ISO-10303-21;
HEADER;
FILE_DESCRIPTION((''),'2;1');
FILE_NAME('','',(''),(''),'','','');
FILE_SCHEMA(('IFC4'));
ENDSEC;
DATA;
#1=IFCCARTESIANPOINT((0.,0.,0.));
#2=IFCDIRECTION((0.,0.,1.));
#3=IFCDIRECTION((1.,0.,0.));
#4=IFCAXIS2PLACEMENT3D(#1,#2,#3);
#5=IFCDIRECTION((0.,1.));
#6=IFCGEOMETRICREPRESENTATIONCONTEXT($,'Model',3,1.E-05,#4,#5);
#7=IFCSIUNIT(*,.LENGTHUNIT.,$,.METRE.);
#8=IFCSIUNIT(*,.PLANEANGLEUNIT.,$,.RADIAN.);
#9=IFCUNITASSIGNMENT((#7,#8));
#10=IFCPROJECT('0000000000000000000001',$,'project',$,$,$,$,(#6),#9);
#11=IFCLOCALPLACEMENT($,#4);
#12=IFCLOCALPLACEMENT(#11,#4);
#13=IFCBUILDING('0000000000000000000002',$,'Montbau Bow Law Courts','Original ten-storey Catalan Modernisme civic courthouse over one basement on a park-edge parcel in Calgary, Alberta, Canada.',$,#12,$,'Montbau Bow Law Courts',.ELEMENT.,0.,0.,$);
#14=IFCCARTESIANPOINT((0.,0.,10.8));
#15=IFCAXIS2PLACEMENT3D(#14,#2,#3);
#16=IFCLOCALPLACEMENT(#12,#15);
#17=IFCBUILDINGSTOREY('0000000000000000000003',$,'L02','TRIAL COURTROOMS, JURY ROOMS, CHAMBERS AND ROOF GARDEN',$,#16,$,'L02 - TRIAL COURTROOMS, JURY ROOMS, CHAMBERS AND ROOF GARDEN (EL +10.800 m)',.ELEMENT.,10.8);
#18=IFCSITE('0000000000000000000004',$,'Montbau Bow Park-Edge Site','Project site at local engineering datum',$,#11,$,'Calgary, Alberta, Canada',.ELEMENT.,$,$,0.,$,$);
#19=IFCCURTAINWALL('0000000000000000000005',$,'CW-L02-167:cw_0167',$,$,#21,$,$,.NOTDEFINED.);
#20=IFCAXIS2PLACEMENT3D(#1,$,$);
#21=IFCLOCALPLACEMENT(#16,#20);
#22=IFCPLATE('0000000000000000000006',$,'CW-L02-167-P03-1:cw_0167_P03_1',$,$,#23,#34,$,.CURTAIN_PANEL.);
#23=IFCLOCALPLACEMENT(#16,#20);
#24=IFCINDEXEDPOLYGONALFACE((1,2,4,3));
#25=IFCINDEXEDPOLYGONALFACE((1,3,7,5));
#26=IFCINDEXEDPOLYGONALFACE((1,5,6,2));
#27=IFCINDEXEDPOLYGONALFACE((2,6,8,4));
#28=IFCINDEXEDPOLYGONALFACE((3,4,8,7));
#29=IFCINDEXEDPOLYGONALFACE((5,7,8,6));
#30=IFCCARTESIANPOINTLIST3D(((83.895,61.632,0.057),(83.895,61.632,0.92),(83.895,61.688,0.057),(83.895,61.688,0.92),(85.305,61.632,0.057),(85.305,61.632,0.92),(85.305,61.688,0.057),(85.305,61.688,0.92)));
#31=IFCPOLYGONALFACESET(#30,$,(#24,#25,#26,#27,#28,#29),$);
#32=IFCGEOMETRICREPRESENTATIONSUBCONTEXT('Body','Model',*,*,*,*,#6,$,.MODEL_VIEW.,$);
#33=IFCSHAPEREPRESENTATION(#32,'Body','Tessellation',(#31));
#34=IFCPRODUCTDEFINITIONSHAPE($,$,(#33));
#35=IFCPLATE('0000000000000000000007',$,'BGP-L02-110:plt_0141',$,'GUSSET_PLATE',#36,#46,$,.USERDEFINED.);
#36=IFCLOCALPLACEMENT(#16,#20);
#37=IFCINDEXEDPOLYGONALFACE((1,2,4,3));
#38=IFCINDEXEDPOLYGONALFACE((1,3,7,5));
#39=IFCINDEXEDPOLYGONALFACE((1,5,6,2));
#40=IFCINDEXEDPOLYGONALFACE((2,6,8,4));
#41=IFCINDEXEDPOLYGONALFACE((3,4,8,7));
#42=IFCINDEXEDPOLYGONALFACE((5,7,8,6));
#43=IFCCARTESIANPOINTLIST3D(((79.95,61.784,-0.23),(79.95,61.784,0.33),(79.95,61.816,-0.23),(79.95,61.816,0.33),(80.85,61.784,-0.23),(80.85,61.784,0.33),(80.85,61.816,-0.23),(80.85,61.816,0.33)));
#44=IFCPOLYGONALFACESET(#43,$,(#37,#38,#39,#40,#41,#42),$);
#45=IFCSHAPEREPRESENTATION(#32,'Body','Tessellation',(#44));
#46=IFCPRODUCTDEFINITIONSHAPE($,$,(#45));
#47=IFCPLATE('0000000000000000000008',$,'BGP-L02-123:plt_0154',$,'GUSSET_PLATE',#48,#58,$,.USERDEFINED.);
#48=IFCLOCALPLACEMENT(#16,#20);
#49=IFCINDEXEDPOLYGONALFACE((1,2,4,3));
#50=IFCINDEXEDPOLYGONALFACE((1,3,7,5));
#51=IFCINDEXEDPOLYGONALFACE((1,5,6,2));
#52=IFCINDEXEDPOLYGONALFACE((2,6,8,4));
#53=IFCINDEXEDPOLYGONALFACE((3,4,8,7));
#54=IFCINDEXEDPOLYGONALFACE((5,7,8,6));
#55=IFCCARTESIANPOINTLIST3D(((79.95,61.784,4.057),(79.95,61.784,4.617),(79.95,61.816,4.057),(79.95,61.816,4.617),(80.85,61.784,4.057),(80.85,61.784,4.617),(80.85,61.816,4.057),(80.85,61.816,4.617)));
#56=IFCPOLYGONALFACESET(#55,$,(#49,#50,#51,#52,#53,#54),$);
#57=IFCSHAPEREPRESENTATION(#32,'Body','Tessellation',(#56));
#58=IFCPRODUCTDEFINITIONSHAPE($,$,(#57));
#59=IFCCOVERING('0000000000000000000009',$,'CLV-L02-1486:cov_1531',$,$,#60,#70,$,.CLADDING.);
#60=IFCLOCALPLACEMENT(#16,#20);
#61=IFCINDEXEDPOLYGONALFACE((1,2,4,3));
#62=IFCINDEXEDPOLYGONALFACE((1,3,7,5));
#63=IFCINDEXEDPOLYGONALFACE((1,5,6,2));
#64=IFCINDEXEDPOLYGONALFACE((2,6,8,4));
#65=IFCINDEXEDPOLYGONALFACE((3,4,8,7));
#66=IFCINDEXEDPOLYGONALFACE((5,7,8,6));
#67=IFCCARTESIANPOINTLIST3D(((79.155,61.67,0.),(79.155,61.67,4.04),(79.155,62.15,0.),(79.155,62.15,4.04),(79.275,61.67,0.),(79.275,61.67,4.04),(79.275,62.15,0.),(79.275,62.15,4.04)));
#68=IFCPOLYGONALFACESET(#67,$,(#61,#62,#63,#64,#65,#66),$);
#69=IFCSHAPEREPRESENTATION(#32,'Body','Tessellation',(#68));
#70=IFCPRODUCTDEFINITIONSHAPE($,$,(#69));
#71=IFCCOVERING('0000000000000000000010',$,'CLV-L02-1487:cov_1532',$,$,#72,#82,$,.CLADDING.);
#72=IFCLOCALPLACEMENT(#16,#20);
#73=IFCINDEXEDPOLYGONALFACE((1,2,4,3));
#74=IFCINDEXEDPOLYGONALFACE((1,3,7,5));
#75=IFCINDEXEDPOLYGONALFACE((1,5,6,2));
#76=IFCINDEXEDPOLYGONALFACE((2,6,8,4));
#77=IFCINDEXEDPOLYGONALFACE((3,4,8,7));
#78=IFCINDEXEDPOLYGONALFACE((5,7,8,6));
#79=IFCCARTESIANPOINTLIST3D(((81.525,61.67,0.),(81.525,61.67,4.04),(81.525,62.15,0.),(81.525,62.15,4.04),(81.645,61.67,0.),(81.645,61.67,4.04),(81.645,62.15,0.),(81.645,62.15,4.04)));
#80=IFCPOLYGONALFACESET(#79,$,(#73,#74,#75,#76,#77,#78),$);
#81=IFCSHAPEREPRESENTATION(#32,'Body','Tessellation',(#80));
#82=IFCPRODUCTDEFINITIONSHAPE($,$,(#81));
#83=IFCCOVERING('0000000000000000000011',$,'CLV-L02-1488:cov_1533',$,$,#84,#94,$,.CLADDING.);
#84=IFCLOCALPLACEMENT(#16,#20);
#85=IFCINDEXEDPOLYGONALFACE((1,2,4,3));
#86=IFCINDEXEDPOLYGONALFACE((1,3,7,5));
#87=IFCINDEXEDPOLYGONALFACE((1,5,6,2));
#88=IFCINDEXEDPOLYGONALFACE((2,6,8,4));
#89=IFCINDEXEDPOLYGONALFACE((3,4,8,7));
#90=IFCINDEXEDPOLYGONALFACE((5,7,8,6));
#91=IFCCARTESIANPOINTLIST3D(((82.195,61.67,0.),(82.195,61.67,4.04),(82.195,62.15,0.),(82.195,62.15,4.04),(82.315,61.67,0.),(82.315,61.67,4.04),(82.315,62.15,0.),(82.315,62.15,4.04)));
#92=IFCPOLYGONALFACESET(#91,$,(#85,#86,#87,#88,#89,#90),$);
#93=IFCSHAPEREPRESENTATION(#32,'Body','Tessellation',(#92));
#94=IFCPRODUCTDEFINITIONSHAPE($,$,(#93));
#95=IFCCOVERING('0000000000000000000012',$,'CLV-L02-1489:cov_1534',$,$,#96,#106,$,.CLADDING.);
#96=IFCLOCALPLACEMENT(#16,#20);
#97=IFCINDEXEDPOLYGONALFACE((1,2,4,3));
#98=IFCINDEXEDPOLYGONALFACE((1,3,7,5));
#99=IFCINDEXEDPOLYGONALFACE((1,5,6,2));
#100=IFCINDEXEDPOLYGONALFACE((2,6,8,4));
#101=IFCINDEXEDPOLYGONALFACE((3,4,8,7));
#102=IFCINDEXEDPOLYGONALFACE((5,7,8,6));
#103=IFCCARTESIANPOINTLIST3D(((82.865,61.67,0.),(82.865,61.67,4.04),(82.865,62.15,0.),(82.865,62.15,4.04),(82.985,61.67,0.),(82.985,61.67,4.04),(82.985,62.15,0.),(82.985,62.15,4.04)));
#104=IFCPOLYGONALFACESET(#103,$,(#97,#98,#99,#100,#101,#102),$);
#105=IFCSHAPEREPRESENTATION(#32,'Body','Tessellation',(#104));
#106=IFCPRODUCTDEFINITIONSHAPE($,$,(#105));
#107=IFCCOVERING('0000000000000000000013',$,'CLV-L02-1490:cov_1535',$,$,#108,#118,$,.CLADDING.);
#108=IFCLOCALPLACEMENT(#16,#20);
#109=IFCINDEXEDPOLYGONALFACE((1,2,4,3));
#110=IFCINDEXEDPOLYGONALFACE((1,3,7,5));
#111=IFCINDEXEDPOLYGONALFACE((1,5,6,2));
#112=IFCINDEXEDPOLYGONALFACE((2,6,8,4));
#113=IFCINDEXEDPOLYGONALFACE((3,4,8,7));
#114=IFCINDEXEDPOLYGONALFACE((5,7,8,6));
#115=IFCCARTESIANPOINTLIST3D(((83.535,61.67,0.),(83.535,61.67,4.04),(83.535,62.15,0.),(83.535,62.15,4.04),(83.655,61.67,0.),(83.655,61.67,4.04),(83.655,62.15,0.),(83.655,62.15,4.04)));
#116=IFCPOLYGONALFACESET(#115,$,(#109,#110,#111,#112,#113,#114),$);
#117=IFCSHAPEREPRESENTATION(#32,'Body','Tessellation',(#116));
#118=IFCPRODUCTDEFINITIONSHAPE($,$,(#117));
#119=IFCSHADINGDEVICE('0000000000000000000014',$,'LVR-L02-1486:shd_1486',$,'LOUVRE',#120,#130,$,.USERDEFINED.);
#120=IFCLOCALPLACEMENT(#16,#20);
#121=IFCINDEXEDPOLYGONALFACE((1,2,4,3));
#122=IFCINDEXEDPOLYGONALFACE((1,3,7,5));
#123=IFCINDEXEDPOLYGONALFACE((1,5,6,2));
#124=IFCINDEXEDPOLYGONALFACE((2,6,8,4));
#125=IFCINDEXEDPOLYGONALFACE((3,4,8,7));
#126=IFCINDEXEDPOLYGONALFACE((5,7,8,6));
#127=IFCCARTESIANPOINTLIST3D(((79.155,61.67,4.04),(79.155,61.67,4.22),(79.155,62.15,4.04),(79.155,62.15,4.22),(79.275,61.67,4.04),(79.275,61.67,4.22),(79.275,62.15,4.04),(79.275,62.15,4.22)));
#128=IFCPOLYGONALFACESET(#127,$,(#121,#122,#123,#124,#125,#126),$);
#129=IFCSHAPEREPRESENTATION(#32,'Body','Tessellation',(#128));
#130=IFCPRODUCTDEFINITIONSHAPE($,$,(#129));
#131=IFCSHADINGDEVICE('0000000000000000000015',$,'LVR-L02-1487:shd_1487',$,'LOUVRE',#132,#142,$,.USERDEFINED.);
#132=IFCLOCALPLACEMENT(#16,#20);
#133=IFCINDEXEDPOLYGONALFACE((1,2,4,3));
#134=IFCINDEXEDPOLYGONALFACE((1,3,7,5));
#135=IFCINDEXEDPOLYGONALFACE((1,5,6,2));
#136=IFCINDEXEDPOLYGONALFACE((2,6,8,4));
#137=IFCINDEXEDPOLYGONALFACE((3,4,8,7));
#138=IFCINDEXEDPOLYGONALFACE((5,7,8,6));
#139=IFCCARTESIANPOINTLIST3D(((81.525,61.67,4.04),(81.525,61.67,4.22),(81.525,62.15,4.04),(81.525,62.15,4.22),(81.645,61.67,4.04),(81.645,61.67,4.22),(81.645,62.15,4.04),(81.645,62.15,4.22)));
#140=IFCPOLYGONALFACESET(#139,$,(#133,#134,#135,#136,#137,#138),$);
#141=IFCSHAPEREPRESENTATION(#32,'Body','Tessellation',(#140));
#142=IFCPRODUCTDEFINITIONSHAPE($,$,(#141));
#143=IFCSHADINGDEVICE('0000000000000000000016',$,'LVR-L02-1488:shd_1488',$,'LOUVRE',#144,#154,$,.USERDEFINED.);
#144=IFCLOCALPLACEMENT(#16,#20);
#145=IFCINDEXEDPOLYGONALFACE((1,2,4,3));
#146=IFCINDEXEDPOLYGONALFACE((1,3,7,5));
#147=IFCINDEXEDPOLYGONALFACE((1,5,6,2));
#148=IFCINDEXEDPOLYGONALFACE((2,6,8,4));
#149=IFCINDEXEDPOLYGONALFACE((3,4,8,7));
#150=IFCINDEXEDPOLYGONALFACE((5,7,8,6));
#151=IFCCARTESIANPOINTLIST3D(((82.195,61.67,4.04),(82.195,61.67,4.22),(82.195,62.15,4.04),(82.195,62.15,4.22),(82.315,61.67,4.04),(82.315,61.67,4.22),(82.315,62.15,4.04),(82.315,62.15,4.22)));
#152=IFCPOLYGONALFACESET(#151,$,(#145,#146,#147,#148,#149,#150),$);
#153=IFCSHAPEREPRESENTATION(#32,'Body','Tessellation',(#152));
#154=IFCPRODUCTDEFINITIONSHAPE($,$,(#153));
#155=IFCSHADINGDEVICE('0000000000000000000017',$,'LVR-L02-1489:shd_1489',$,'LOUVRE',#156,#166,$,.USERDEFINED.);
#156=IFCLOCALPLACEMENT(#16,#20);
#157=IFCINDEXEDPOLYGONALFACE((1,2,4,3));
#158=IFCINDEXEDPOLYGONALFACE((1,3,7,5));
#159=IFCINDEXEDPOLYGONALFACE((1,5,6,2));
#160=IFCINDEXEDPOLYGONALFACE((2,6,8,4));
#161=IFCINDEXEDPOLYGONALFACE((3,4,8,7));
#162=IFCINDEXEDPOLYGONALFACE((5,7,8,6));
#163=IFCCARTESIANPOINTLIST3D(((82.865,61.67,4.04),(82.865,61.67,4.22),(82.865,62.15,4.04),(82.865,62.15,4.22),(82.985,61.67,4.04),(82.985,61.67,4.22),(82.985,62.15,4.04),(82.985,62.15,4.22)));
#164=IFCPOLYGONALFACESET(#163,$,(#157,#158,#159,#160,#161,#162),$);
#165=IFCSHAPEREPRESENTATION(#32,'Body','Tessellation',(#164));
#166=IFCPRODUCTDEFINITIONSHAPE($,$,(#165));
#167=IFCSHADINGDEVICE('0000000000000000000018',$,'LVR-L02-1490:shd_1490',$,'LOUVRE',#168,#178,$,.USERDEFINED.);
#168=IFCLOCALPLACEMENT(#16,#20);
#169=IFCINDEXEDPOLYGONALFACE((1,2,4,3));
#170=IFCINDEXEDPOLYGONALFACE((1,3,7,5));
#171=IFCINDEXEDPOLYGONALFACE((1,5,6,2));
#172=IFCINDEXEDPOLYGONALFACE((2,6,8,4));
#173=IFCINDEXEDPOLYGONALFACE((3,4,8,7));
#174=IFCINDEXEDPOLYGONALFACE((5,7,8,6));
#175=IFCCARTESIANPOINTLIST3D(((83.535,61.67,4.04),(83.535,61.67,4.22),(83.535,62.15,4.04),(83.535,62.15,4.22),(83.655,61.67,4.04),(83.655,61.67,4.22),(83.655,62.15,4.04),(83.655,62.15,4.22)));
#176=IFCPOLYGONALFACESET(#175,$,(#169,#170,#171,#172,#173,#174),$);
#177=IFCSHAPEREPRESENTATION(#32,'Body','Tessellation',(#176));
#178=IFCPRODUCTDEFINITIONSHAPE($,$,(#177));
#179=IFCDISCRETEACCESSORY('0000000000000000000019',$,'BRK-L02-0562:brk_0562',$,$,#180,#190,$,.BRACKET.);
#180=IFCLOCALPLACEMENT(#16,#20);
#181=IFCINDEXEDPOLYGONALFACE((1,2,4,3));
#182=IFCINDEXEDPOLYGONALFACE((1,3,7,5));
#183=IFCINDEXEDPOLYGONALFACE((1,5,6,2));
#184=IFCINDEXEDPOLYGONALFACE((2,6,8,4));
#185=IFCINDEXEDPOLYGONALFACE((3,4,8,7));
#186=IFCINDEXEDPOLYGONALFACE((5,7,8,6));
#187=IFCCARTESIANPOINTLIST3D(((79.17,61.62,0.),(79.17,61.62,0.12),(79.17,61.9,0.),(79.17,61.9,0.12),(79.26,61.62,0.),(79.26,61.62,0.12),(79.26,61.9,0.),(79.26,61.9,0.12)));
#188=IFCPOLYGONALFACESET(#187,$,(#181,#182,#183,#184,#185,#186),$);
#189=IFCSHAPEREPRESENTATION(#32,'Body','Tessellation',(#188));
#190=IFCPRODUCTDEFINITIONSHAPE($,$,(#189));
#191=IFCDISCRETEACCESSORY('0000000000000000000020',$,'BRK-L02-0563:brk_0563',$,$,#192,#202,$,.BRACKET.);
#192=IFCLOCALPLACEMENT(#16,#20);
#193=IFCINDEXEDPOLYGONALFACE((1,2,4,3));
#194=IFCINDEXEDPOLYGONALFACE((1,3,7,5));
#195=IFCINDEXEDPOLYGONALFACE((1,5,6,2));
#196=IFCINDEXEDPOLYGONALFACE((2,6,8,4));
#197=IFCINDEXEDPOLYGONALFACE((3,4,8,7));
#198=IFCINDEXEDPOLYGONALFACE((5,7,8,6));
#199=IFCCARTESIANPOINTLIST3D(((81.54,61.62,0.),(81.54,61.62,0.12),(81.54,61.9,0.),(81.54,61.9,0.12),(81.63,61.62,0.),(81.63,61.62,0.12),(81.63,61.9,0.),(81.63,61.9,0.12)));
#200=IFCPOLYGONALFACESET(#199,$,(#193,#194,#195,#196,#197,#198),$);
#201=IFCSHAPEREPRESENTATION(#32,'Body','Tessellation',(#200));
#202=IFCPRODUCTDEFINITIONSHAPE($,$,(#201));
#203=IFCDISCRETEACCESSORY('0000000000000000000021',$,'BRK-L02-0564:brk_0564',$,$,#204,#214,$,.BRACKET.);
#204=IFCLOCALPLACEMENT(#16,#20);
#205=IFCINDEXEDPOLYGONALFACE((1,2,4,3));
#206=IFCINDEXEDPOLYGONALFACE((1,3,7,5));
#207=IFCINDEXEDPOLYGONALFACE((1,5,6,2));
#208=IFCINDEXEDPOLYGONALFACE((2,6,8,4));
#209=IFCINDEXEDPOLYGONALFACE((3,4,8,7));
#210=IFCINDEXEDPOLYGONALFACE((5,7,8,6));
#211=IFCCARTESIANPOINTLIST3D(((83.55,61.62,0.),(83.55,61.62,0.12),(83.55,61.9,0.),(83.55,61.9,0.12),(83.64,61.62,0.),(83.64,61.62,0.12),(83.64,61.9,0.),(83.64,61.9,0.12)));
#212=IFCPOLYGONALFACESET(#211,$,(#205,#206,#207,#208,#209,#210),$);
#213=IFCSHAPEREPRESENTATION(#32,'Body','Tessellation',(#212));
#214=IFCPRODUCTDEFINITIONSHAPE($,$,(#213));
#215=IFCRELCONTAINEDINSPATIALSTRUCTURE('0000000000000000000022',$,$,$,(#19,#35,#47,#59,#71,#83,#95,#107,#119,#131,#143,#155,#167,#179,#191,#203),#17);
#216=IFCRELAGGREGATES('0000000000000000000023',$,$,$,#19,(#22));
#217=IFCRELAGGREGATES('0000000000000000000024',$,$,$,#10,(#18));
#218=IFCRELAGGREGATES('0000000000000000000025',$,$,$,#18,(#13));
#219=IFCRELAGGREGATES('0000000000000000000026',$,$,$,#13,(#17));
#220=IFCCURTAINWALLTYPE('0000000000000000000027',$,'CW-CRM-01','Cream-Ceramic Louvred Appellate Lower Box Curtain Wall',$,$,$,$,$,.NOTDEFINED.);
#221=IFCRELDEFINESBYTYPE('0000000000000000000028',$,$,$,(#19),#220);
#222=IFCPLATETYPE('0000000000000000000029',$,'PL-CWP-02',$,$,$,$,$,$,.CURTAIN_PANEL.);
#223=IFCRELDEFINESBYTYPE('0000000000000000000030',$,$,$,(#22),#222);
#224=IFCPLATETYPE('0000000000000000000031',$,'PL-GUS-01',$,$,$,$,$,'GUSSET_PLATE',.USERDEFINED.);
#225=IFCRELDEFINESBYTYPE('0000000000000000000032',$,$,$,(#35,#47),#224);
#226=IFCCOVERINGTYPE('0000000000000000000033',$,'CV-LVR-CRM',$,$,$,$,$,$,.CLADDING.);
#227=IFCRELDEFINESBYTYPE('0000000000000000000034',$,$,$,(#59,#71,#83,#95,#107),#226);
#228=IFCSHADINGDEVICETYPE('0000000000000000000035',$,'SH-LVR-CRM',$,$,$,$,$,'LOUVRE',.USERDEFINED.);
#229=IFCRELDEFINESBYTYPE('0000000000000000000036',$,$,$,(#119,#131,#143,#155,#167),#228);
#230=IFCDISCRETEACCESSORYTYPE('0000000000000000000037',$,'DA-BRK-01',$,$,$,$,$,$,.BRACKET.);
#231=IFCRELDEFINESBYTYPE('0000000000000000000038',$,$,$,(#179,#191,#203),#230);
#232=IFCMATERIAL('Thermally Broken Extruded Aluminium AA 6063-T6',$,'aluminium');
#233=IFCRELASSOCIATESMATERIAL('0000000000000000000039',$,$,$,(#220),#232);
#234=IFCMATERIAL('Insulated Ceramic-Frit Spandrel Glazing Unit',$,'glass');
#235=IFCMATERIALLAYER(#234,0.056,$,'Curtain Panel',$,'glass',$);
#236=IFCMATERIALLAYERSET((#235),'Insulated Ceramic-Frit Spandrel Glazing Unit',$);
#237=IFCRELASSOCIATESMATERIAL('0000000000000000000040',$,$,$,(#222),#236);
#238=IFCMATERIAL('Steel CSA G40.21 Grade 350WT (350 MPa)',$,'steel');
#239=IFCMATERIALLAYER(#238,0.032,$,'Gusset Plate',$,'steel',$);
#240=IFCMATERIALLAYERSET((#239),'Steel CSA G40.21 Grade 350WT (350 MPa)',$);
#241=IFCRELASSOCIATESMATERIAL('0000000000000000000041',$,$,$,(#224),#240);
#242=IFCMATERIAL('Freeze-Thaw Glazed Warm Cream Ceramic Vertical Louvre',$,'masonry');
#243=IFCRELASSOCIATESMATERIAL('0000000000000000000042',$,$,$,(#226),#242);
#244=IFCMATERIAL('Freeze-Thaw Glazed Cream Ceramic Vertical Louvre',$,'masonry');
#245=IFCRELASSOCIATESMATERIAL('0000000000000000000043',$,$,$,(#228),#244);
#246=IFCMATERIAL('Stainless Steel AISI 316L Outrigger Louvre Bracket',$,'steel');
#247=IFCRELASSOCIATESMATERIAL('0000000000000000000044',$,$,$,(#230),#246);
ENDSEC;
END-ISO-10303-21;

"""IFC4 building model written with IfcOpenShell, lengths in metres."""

from ifc_helpers import new_model, si_unit, direction, frame, frame_2d, origin_with_axes, origin_2d_with_axis, place, context, subcontext, project, spatial, rectangle, extrude, material, layer, layer_set, type_object, element, aggregate, save


model = new_model("IFC4")

# Units and contexts
model_context = context("Model", 3, precision=1e-05, world=origin_with_axes(), true_north=direction((0.0, 1.0)))
body_context = subcontext(model_context, "Body", "Model", "MODEL_VIEW")
ifc_project = project(units=[si_unit("LENGTHUNIT", "METRE"), si_unit("PLANEANGLEUNIT", "RADIAN")], contexts=[model_context])

# Site, building, storey
site_placement = place(None, origin_with_axes())
site = spatial("IfcSite", under=ifc_project, at=site_placement, Name="Montbau Bow Park-Edge Site", Description="Project site at local engineering datum", LongName="Calgary, Alberta, Canada", CompositionType="ELEMENT", RefElevation=0.0)
building_placement = place(site_placement, origin_with_axes())
building = spatial("IfcBuilding", under=site, at=building_placement, Name="Montbau Bow Law Courts", Description="Original ten-storey Catalan Modernisme civic courthouse over one basement on a park-edge parcel in Calgary, Alberta, Canada.", LongName="Montbau Bow Law Courts", CompositionType="ELEMENT", ElevationOfRefHeight=0.0, ElevationOfTerrain=0.0)
storey_placement = place(building_placement, frame((0.0, 0.0, 10.8), z_axis=(0.0, 0.0, 1.0), x_axis=(1.0, 0.0, 0.0)))
storey = spatial("IfcBuildingStorey", under=building, at=storey_placement, Name="L02", Description="TRIAL COURTROOMS, JURY ROOMS, CHAMBERS AND ROOF GARDEN", LongName="L02 - TRIAL COURTROOMS, JURY ROOMS, CHAMBERS AND ROOF GARDEN (EL +10.800 m)", CompositionType="ELEMENT", Elevation=10.8)

# Shared definitions
ifc_material_1 = material(Name="Steel CSA G40.21 Grade 350WT (350 MPa)", Category="steel")

# Curtain wall, plate
ifc_material_2 = material(Name="Thermally Broken Extruded Aluminium AA 6063-T6", Category="aluminium")
curtain_wall_type = type_object("IfcCurtainWallType", Name="CW-CRM-01", Description="Cream-Ceramic Louvred Appellate Lower Box Curtain Wall", PredefinedType="NOTDEFINED", material=ifc_material_2)
curtain_wall_placement = place(None, frame((80.915, 61.66, 10.8), z_axis=(0.0, 0.0, 1.0), x_axis=(1.0, 0.0, 0.0)))
curtain_wall = element("IfcCurtainWall", 1, at=curtain_wall_placement, inside=storey, type_object=curtain_wall_type, Name="CW-L02-167:cw_0167", PredefinedType="NOTDEFINED")
ifc_material_3 = material(Name="Insulated Ceramic-Frit Spandrel Glazing Unit", Category="glass")
ifc_layer_1 = layer(ifc_material_3, 0.056, Name="Curtain Panel", Category="glass")
ifc_layer_set_1 = layer_set([ifc_layer_1], Name="Insulated Ceramic-Frit Spandrel Glazing Unit")
plate_type_1 = type_object("IfcPlateType", Name="PL-CWP-02", PredefinedType="CURTAIN_PANEL", material=ifc_layer_set_1)
plate_1_placement = place(None, frame((83.895, 61.66, 10.857), z_axis=(0.0, -1.0, 0.0), x_axis=(1.0, 0.0, 0.0)))
plate_1 = element("IfcPlate", 2, at=plate_1_placement, type_object=plate_type_1, Name="CW-L02-167-P03-1:cw_0167_P03_1", PredefinedType="CURTAIN_PANEL", context=body_context, shape_type="SweptSolid", body=[
    extrude(rectangle(XDim=1.41, YDim=0.863, at=frame_2d((0.705, 0.4315), x_axis=(1.0, 0.0))), frame((0.0, 0.0, -0.028), z_axis=(0.0, 0.0, 1.0), x_axis=(1.0, 0.0, 0.0)), (0.0, 0.0, 1.0), 0.056),
])
aggregate(curtain_wall, [plate_1])

# Plates
ifc_layer_2 = layer(ifc_material_1, 0.032, Name="Gusset Plate", Category="steel")
ifc_layer_set_2 = layer_set([ifc_layer_2], Name="Steel CSA G40.21 Grade 350WT (350 MPa)")
plate_type_2 = type_object("IfcPlateType", Name="PL-GUS-01", ElementType="GUSSET_PLATE", PredefinedType="USERDEFINED", material=ifc_layer_set_2)
for number, where, z_axis, x_axis, name in (
    (3, (80.4, 61.8, 10.57), (0.0, 0.0, 1.0), (1.0, 0.0, 0.0), "BGP-L02-110:plt_0141"),
    (4, (80.4, 61.8, 14.857), (0.0, 0.0, 1.0), (1.0, 0.0, 0.0), "BGP-L02-123:plt_0154"),
):
    element("IfcPlate", number, at=place(None, frame(where, z_axis=z_axis, x_axis=x_axis)), inside=storey, type_object=plate_type_2, Name=name, ObjectType="GUSSET_PLATE", PredefinedType="USERDEFINED", context=body_context, shape_type="SweptSolid", body=[
        extrude(rectangle(XDim=0.9, YDim=0.032, at=origin_2d_with_axis()), origin_with_axes(), (0.0, 0.0, 1.0), 0.56),
    ])

# Coverings
ifc_material_4 = material(Name="Freeze-Thaw Glazed Warm Cream Ceramic Vertical Louvre", Category="masonry")
covering_type = type_object("IfcCoveringType", Name="CV-LVR-CRM", PredefinedType="CLADDING", material=ifc_material_4)
for number, where, z_axis, x_axis, name in (
    (5, (79.215, 61.67, 10.8), (1.0, 0.0, 0.0), (0.0, 1.0, 0.0), "CLV-L02-1486:cov_1531"),
    (6, (81.585, 61.67, 10.8), (1.0, 0.0, 0.0), (0.0, 1.0, 0.0), "CLV-L02-1487:cov_1532"),
    (7, (82.255, 61.67, 10.8), (1.0, 0.0, 0.0), (0.0, 1.0, 0.0), "CLV-L02-1488:cov_1533"),
    (8, (82.925, 61.67, 10.8), (1.0, 0.0, 0.0), (0.0, 1.0, 0.0), "CLV-L02-1489:cov_1534"),
    (9, (83.595, 61.67, 10.8), (1.0, 0.0, 0.0), (0.0, 1.0, 0.0), "CLV-L02-1490:cov_1535"),
):
    element("IfcCovering", number, at=place(None, frame(where, z_axis=z_axis, x_axis=x_axis)), inside=storey, type_object=covering_type, Name=name, PredefinedType="CLADDING", context=body_context, shape_type="SweptSolid", body=[
        extrude(rectangle(XDim=0.48, YDim=4.04, at=frame_2d((0.24, 2.02), x_axis=(1.0, 0.0))), frame((0.0, 0.0, -0.06), z_axis=(0.0, 0.0, 1.0), x_axis=(1.0, 0.0, 0.0)), (0.0, 0.0, 1.0), 0.12),
    ])

# Shading devices
ifc_material_5 = material(Name="Freeze-Thaw Glazed Cream Ceramic Vertical Louvre", Category="masonry")
shading_device_type = type_object("IfcShadingDeviceType", Name="SH-LVR-CRM", ElementType="LOUVRE", PredefinedType="USERDEFINED", material=ifc_material_5)
for number, where, z_axis, x_axis, name in (
    (10, (79.215, 61.91, 14.84), (0.0, 0.0, 1.0), (0.0, 1.0, 0.0), "LVR-L02-1486:shd_1486"),
    (11, (81.585, 61.91, 14.84), (0.0, 0.0, 1.0), (0.0, 1.0, 0.0), "LVR-L02-1487:shd_1487"),
    (12, (82.255, 61.91, 14.84), (0.0, 0.0, 1.0), (0.0, 1.0, 0.0), "LVR-L02-1488:shd_1488"),
    (13, (82.925, 61.91, 14.84), (0.0, 0.0, 1.0), (0.0, 1.0, 0.0), "LVR-L02-1489:shd_1489"),
    (14, (83.595, 61.91, 14.84), (0.0, 0.0, 1.0), (0.0, 1.0, 0.0), "LVR-L02-1490:shd_1490"),
):
    element("IfcShadingDevice", number, at=place(None, frame(where, z_axis=z_axis, x_axis=x_axis)), inside=storey, type_object=shading_device_type, Name=name, ObjectType="LOUVRE", PredefinedType="USERDEFINED", context=body_context, shape_type="SweptSolid", body=[
        extrude(rectangle(XDim=0.48, YDim=0.12, at=origin_2d_with_axis()), origin_with_axes(), (0.0, 0.0, 1.0), 0.18),
    ])

# Discrete accessories
ifc_material_6 = material(Name="Stainless Steel AISI 316L Outrigger Louvre Bracket", Category="steel")
discrete_accessory_type = type_object("IfcDiscreteAccessoryType", Name="DA-BRK-01", PredefinedType="BRACKET", material=ifc_material_6)
for number, where, z_axis, x_axis, name in (
    (15, (79.215, 61.76, 10.8), (0.0, 0.0, 1.0), (0.0, 1.0, 0.0), "BRK-L02-0562:brk_0562"),
    (16, (81.585, 61.76, 10.8), (0.0, 0.0, 1.0), (0.0, 1.0, 0.0), "BRK-L02-0563:brk_0563"),
    (17, (83.595, 61.76, 10.8), (0.0, 0.0, 1.0), (0.0, 1.0, 0.0), "BRK-L02-0564:brk_0564"),
):
    element("IfcDiscreteAccessory", number, at=place(None, frame(where, z_axis=z_axis, x_axis=x_axis)), inside=storey, type_object=discrete_accessory_type, Name=name, PredefinedType="BRACKET", context=body_context, shape_type="SweptSolid", body=[
        extrude(rectangle(XDim=0.28, YDim=0.09, at=origin_2d_with_axis()), origin_with_axes(), (0.0, 0.0, 1.0), 0.12),
    ])

save(model, "model.ifc")
